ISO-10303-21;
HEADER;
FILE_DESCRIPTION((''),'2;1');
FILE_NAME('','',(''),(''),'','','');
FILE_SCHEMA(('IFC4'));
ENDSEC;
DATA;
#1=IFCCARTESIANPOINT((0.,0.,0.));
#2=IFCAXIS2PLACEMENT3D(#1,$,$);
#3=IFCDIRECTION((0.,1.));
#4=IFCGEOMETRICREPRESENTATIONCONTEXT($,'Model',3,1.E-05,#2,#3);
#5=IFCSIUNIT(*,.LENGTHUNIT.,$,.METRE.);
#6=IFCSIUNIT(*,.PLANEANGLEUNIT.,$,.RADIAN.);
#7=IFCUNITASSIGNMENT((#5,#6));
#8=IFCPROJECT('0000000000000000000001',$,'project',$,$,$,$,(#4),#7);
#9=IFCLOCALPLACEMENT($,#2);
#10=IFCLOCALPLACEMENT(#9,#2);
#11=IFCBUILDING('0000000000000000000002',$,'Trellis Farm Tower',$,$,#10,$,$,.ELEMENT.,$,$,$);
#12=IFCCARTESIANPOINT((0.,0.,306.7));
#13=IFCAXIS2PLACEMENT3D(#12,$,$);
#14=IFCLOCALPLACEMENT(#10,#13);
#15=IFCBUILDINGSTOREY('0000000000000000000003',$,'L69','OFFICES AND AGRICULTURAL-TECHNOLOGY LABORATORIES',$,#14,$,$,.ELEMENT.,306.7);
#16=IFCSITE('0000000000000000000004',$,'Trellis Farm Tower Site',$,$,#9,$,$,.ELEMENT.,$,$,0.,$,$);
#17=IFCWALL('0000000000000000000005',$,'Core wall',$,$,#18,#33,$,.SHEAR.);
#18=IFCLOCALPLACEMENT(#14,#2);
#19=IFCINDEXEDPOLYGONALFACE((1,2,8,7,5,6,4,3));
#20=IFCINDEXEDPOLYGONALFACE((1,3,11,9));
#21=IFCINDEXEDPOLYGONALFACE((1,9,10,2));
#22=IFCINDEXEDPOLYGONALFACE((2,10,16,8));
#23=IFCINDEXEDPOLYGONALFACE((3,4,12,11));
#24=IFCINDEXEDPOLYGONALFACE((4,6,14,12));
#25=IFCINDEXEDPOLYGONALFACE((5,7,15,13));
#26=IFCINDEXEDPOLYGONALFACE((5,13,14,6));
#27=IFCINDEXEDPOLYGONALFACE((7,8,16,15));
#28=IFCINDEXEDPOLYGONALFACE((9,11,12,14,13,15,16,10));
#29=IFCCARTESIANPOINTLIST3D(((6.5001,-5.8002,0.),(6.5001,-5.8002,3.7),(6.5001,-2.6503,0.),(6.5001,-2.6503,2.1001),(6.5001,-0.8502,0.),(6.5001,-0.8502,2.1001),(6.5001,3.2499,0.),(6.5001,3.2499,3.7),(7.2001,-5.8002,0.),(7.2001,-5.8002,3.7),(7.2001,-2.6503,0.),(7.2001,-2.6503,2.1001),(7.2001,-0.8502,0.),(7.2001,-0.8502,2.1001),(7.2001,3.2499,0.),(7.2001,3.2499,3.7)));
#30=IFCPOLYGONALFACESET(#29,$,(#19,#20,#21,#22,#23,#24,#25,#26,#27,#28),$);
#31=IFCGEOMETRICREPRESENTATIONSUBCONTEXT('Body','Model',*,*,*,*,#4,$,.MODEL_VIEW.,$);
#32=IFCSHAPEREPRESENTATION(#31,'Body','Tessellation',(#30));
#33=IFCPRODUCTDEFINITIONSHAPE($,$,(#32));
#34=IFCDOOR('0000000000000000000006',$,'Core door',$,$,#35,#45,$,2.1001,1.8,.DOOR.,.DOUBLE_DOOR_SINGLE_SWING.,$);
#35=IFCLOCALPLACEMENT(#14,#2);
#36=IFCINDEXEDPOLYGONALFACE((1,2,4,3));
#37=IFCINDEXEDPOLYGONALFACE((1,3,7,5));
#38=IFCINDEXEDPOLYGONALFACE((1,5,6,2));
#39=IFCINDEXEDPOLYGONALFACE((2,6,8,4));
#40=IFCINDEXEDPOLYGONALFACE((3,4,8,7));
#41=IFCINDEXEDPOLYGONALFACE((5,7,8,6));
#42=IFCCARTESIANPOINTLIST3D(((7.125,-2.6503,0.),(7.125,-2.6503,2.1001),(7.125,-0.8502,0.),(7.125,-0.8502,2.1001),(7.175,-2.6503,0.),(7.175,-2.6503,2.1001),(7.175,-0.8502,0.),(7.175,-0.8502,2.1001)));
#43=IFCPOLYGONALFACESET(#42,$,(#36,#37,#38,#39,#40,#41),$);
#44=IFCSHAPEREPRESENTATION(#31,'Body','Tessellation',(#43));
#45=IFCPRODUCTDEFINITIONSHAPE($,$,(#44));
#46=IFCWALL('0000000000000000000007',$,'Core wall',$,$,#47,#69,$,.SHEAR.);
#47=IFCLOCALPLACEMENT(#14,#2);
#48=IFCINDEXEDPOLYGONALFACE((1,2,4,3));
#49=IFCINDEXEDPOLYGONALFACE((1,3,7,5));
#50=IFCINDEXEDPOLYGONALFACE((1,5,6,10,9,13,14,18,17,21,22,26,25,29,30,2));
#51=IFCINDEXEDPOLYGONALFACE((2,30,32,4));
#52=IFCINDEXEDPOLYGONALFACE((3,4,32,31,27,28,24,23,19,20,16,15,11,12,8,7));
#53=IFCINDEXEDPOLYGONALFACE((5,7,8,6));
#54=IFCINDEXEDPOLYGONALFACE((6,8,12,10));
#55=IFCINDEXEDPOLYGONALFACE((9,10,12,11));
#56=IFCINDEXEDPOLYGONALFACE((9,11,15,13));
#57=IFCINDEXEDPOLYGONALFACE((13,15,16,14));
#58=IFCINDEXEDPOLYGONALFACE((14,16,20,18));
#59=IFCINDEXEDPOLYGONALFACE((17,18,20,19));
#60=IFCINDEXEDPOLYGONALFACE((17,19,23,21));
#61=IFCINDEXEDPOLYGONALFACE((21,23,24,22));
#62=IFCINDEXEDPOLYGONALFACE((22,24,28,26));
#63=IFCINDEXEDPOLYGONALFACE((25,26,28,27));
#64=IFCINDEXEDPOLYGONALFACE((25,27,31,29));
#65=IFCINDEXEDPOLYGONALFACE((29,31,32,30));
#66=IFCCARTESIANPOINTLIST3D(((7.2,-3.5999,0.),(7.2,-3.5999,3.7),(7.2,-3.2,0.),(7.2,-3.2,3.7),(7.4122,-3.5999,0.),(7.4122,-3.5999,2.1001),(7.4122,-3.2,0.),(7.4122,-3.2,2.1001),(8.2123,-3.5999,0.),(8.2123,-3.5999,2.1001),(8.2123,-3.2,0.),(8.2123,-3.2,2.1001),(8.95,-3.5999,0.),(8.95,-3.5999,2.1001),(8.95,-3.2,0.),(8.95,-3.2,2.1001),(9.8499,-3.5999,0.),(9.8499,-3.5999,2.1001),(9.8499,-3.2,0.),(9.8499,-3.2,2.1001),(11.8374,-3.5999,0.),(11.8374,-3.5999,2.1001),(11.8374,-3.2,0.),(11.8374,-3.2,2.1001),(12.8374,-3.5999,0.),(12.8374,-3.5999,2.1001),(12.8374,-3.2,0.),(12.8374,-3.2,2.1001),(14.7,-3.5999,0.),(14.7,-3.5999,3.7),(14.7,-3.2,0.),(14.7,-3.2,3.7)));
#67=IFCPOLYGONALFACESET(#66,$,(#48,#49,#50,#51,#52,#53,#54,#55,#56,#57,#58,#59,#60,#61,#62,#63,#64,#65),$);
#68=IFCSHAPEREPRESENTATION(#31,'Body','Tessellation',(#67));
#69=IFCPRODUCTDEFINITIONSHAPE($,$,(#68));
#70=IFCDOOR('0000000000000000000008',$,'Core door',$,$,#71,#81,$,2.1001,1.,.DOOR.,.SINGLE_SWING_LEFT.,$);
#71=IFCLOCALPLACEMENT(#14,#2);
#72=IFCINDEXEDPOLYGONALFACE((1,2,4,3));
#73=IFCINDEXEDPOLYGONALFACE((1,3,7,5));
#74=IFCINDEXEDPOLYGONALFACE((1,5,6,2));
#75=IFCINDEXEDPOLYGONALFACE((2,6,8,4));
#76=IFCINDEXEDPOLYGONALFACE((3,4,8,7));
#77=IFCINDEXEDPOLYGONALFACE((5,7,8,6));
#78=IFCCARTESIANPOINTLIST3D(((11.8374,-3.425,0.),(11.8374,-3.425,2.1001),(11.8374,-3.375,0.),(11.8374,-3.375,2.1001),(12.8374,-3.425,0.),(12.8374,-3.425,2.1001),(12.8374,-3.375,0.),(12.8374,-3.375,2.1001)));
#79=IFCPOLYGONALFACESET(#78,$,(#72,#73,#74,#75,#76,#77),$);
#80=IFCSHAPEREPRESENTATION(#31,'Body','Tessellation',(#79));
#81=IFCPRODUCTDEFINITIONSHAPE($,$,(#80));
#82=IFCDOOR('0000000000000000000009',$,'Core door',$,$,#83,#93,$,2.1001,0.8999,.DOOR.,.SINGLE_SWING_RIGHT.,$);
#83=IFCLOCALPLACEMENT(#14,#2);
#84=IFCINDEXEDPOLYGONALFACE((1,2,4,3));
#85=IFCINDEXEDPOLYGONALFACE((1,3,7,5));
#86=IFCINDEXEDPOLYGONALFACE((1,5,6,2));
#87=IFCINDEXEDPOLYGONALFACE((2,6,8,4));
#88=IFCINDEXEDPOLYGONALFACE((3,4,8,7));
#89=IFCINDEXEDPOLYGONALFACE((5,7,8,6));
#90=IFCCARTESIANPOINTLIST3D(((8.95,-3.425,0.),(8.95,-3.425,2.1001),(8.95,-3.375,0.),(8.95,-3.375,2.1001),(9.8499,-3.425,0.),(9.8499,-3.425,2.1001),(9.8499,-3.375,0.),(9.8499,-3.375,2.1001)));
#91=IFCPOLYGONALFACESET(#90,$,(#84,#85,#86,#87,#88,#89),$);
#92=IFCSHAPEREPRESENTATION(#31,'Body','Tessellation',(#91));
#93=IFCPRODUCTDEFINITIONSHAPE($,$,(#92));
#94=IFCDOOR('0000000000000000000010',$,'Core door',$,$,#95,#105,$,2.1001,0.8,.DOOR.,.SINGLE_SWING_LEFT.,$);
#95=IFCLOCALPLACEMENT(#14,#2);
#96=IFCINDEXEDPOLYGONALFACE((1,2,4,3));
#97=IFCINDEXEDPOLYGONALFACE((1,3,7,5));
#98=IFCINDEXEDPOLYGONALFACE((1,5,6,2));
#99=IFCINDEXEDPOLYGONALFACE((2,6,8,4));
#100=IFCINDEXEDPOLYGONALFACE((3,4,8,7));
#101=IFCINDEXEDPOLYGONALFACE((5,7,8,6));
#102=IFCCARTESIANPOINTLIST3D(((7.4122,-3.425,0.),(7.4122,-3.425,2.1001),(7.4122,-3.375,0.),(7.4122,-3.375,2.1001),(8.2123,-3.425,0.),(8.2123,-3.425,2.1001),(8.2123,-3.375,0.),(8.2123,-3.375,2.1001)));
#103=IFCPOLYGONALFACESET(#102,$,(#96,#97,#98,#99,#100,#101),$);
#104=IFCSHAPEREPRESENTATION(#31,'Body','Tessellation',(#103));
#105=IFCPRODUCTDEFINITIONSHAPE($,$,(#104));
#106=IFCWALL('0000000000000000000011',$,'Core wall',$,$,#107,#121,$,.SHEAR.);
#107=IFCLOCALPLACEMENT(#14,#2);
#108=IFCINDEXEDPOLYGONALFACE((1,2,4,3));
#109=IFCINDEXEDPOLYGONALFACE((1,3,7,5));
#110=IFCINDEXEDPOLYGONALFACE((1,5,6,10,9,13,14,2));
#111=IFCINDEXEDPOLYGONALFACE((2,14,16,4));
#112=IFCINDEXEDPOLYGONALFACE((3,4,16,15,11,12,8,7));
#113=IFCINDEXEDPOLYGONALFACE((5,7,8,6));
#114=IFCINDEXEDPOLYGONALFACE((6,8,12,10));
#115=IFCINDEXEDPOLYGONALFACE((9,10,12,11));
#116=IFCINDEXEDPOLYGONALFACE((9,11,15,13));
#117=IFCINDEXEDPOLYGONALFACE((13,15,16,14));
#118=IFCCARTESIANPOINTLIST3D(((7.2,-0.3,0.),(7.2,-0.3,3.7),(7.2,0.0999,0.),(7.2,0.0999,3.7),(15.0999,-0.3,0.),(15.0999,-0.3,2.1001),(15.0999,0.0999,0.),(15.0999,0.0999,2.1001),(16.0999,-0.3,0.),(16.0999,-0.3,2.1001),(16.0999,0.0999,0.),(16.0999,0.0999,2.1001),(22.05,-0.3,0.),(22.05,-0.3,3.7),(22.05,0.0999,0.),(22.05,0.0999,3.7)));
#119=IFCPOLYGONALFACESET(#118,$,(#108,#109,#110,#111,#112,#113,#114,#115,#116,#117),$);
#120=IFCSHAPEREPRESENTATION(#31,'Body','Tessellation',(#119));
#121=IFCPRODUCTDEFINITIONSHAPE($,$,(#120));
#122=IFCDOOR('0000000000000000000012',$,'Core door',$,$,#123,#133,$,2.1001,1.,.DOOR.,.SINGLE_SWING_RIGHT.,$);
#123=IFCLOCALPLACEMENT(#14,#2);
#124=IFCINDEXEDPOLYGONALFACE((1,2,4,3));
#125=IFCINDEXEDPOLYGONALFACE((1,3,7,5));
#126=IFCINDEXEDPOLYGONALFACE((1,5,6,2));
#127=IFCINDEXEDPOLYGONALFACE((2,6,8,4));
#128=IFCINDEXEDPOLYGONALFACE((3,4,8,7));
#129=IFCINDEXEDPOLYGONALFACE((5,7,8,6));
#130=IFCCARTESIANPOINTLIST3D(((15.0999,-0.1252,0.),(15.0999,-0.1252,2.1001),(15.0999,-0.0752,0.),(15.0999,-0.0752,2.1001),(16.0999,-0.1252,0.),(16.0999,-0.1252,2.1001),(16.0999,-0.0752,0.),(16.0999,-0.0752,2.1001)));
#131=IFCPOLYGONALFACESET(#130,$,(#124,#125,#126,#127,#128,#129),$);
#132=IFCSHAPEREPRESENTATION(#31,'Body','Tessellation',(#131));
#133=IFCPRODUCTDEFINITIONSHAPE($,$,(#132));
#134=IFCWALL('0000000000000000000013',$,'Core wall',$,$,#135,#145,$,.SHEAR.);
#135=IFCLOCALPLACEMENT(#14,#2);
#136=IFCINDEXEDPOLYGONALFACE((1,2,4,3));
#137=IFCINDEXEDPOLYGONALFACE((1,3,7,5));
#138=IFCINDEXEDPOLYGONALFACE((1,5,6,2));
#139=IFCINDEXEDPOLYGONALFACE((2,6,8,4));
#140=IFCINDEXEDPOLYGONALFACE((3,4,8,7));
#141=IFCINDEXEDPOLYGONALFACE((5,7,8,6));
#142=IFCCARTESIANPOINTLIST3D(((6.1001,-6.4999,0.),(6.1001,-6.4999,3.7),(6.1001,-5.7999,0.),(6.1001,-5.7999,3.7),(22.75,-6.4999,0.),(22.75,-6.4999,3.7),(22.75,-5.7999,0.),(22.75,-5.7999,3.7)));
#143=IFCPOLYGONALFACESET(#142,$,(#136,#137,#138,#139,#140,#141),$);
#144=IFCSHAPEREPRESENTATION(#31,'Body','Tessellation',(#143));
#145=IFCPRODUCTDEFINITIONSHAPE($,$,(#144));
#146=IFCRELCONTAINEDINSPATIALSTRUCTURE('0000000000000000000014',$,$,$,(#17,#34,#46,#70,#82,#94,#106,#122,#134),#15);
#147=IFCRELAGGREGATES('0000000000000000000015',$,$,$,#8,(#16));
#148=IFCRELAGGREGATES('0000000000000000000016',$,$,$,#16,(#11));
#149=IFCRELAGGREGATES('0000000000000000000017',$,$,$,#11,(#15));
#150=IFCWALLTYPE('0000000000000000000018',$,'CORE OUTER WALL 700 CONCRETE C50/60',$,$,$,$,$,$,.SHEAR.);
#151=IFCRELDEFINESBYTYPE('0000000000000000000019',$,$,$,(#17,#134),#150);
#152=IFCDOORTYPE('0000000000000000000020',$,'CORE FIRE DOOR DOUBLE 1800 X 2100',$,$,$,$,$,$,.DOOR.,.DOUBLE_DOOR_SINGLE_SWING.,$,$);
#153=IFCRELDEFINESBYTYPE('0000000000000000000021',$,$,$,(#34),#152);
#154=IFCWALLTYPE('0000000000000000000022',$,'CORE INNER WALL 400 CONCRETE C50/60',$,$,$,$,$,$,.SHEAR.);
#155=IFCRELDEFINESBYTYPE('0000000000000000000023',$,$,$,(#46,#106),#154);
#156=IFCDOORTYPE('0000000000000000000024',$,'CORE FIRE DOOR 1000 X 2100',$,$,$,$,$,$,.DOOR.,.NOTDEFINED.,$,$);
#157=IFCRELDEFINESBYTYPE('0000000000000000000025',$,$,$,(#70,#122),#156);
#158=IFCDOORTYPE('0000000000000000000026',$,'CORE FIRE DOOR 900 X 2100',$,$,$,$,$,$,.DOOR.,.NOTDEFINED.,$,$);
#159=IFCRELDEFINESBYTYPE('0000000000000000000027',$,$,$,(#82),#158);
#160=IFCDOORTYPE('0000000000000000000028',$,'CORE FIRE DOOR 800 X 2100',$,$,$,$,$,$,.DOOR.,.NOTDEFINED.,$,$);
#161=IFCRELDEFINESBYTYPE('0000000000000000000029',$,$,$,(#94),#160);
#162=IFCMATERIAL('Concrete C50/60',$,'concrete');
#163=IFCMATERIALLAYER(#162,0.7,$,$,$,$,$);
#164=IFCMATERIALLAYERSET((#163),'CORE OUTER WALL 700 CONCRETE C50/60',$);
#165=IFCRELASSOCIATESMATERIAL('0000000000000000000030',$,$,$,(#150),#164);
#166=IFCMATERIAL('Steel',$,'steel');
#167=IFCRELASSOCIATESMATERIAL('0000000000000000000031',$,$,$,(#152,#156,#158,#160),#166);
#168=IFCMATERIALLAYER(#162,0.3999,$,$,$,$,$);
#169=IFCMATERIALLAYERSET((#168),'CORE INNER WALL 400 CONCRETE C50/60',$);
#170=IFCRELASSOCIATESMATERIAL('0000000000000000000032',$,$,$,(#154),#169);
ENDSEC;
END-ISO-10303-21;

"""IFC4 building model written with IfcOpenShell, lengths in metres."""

from ifc_helpers import new_model, si_unit, direction, frame, frame_2d, origin, place, context, subcontext, project, spatial, rectangle, extrude, source, transform, mapped, material, layer, layer_set, type_object, element, fill, save


model = new_model("IFC4")

# Units and contexts
model_context = context("Model", 3, precision=1e-05, world=origin(), true_north=direction((0.0, 1.0)))
body_context = subcontext(model_context, "Body", "Model", "MODEL_VIEW")
ifc_project = project(units=[si_unit("LENGTHUNIT", "METRE"), si_unit("PLANEANGLEUNIT", "RADIAN")], contexts=[model_context])

# Site, building, storey
site_placement = place(None, origin())
site = spatial("IfcSite", under=ifc_project, at=site_placement, Name="Trellis Farm Tower Site", CompositionType="ELEMENT", RefElevation=0.0)
building_placement = place(site_placement, origin())
building = spatial("IfcBuilding", under=site, at=building_placement, Name="Trellis Farm Tower", CompositionType="ELEMENT")
storey_placement = place(building_placement, frame((0.0, 0.0, 306.7)))
storey = spatial("IfcBuildingStorey", under=building, at=storey_placement, Name="L69", Description="OFFICES AND AGRICULTURAL-TECHNOLOGY LABORATORIES", CompositionType="ELEMENT", Elevation=306.7)

# Wall, opening, door
ifc_material_1 = material(Name="Concrete C50/60", Category="concrete")
ifc_layer_1 = layer(ifc_material_1, 0.7)
ifc_layer_set_1 = layer_set([ifc_layer_1], Name="CORE OUTER WALL 700 CONCRETE C50/60")
wall_type_1 = type_object("IfcWallType", Name="CORE OUTER WALL 700 CONCRETE C50/60", PredefinedType="SHEAR", material=ifc_layer_set_1)
shared_shape_1 = source(origin(), body_context, "Body", "SweptSolid", [
    extrude(rectangle(XDim=9.05, YDim=0.7, at=frame_2d((4.5249, 0.0))), origin(), (0.0, 0.0, 1.0), 3.7),
])
wall_1_placement = place(storey_placement, frame((6.8501, -5.8, 0.0), z_axis=(0.0, 0.0, 1.0), x_axis=(0.0, 1.0, 0.0)))
wall_1 = element("IfcWall", 1, at=wall_1_placement, inside=storey, type_object=wall_type_1, Name="Core wall", PredefinedType="SHEAR", context=body_context, shape_type="MappedRepresentation", body=[
    mapped(shared_shape_1, transform((0.0, 0.0, 0.0))),
])
shared_shape_2 = source(origin(), body_context, "Body", "SweptSolid", [
    extrude(rectangle(XDim=1.8, YDim=2.1001, at=frame_2d((0.8999, 1.05))), frame((0.0, 0.3601, 0.0), z_axis=(0.0, -1.0, 0.0), x_axis=(1.0, 0.0, 0.0)), (0.0, 0.0, 1.0), 0.7202),
])
opening_1_placement = place(wall_1_placement, frame((3.1499, 0.0, 0.0)))
opening_1 = element("IfcOpeningElement", 2, at=opening_1_placement, cuts=wall_1, PredefinedType="OPENING", context=body_context, shape_type="MappedRepresentation", body=[
    mapped(shared_shape_2, transform((0.0, 0.0, 0.0))),
])
ifc_material_2 = material(Name="Steel", Category="steel")
door_type_1 = type_object("IfcDoorType", Name="CORE FIRE DOOR DOUBLE 1800 X 2100", OperationType="DOUBLE_DOOR_SINGLE_SWING", PredefinedType="DOOR", material=ifc_material_2)
shared_shape_3 = source(origin(), body_context, "Body", "SweptSolid", [
    extrude(rectangle(XDim=1.8, YDim=2.1001, at=frame_2d((0.8999, 1.05))), frame((0.0, -0.2749, 0.0), z_axis=(0.0, -1.0, 0.0), x_axis=(1.0, 0.0, 0.0)), (0.0, 0.0, 1.0), 0.05),
])
door_1_placement = place(opening_1_placement, origin())
door_1 = element("IfcDoor", 3, at=door_1_placement, inside=storey, type_object=door_type_1, Name="Core door", OperationType="DOUBLE_DOOR_SINGLE_SWING", OverallHeight=2.1001, OverallWidth=1.8, PredefinedType="DOOR", context=body_context, shape_type="MappedRepresentation", body=[
    mapped(shared_shape_3, transform((0.0, 0.0, 0.0))),
])
fill(opening_1, door_1)

# Wall, openings, doors
ifc_layer_2 = layer(ifc_material_1, 0.3999)
ifc_layer_set_2 = layer_set([ifc_layer_2], Name="CORE INNER WALL 400 CONCRETE C50/60")
wall_type_2 = type_object("IfcWallType", Name="CORE INNER WALL 400 CONCRETE C50/60", PredefinedType="SHEAR", material=ifc_layer_set_2)
shared_shape_4 = source(origin(), body_context, "Body", "SweptSolid", [
    extrude(rectangle(XDim=7.5, YDim=0.3999, at=frame_2d((3.75, 0.0))), origin(), (0.0, 0.0, 1.0), 3.7),
])
wall_2_placement = place(storey_placement, frame((7.2, -3.3999, 0.0), z_axis=(0.0, 0.0, 1.0), x_axis=(1.0, 0.0, 0.0)))
wall_2 = element("IfcWall", 4, at=wall_2_placement, inside=storey, type_object=wall_type_2, Name="Core wall", PredefinedType="SHEAR", context=body_context, shape_type="MappedRepresentation", body=[
    mapped(shared_shape_4, transform((0.0, 0.0, 0.0))),
])
shared_shape_5 = source(origin(), body_context, "Body", "SweptSolid", [
    extrude(rectangle(XDim=0.8, YDim=2.1001, at=frame_2d((0.3999, 1.05))), frame((0.0, 0.21, 0.0), z_axis=(0.0, -1.0, 0.0), x_axis=(1.0, 0.0, 0.0)), (0.0, 0.0, 1.0), 0.4199),
])
opening_2_placement = place(wall_2_placement, frame((0.2124, 0.0, 0.0)))
opening_2 = element("IfcOpeningElement", 5, at=opening_2_placement, cuts=wall_2, PredefinedType="OPENING", context=body_context, shape_type="MappedRepresentation", body=[
    mapped(shared_shape_5, transform((0.0, 0.0, 0.0))),
])
shared_shape_6 = source(origin(), body_context, "Body", "SweptSolid", [
    extrude(rectangle(XDim=0.8999, YDim=2.1001, at=frame_2d((0.45, 1.05))), frame((0.0, 0.21, 0.0), z_axis=(0.0, -1.0, 0.0), x_axis=(1.0, 0.0, 0.0)), (0.0, 0.0, 1.0), 0.4199),
])
opening_3_placement = place(wall_2_placement, frame((1.75, 0.0, 0.0)))
opening_3 = element("IfcOpeningElement", 6, at=opening_3_placement, cuts=wall_2, PredefinedType="OPENING", context=body_context, shape_type="MappedRepresentation", body=[
    mapped(shared_shape_6, transform((0.0, 0.0, 0.0))),
])
shared_shape_7 = source(origin(), body_context, "Body", "SweptSolid", [
    extrude(rectangle(XDim=1.0, YDim=2.1001, at=frame_2d((0.5, 1.05))), frame((0.0, 0.21, 0.0), z_axis=(0.0, -1.0, 0.0), x_axis=(1.0, 0.0, 0.0)), (0.0, 0.0, 1.0), 0.4199),
])
opening_4_placement = place(wall_2_placement, frame((4.6375, 0.0, 0.0)))
opening_4 = element("IfcOpeningElement", 7, at=opening_4_placement, cuts=wall_2, PredefinedType="OPENING", context=body_context, shape_type="MappedRepresentation", body=[
    mapped(shared_shape_7, transform((0.0, 0.0, 0.0))),
])
door_type_2 = type_object("IfcDoorType", Name="CORE FIRE DOOR 1000 X 2100", OperationType="NOTDEFINED", PredefinedType="DOOR", material=ifc_material_2)
shared_shape_8 = source(origin(), body_context, "Body", "SweptSolid", [
    extrude(rectangle(XDim=1.0, YDim=2.1001, at=frame_2d((0.5, 1.05))), frame((0.0, 0.0249, 0.0), z_axis=(0.0, -1.0, 0.0), x_axis=(1.0, 0.0, 0.0)), (0.0, 0.0, 1.0), 0.05),
])
door_2_placement = place(opening_4_placement, origin())
door_2 = element("IfcDoor", 8, at=door_2_placement, inside=storey, type_object=door_type_2, Name="Core door", OperationType="SINGLE_SWING_LEFT", OverallHeight=2.1001, OverallWidth=1.0, PredefinedType="DOOR", context=body_context, shape_type="MappedRepresentation", body=[
    mapped(shared_shape_8, transform((0.0, 0.0, 0.0))),
])
fill(opening_4, door_2)
door_type_3 = type_object("IfcDoorType", Name="CORE FIRE DOOR 900 X 2100", OperationType="NOTDEFINED", PredefinedType="DOOR", material=ifc_material_2)
shared_shape_9 = source(origin(), body_context, "Body", "SweptSolid", [
    extrude(rectangle(XDim=0.8999, YDim=2.1001, at=frame_2d((0.45, 1.05))), frame((0.0, 0.0249, 0.0), z_axis=(0.0, -1.0, 0.0), x_axis=(1.0, 0.0, 0.0)), (0.0, 0.0, 1.0), 0.05),
])
door_3_placement = place(opening_3_placement, origin())
door_3 = element("IfcDoor", 9, at=door_3_placement, inside=storey, type_object=door_type_3, Name="Core door", OperationType="SINGLE_SWING_RIGHT", OverallHeight=2.1001, OverallWidth=0.8999, PredefinedType="DOOR", context=body_context, shape_type="MappedRepresentation", body=[
    mapped(shared_shape_9, transform((0.0, 0.0, 0.0))),
])
fill(opening_3, door_3)
door_type_4 = type_object("IfcDoorType", Name="CORE FIRE DOOR 800 X 2100", OperationType="NOTDEFINED", PredefinedType="DOOR", material=ifc_material_2)
shared_shape_10 = source(origin(), body_context, "Body", "SweptSolid", [
    extrude(rectangle(XDim=0.8, YDim=2.1001, at=frame_2d((0.3999, 1.05))), frame((0.0, 0.0249, 0.0), z_axis=(0.0, -1.0, 0.0), x_axis=(1.0, 0.0, 0.0)), (0.0, 0.0, 1.0), 0.05),
])
door_4_placement = place(opening_2_placement, origin())
door_4 = element("IfcDoor", 10, at=door_4_placement, inside=storey, type_object=door_type_4, Name="Core door", OperationType="SINGLE_SWING_LEFT", OverallHeight=2.1001, OverallWidth=0.8, PredefinedType="DOOR", context=body_context, shape_type="MappedRepresentation", body=[
    mapped(shared_shape_10, transform((0.0, 0.0, 0.0))),
])
fill(opening_2, door_4)

# Wall, opening, door
shared_shape_11 = source(origin(), body_context, "Body", "SweptSolid", [
    extrude(rectangle(XDim=14.8501, YDim=0.3999, at=frame_2d((7.425, 0.0))), origin(), (0.0, 0.0, 1.0), 3.7),
])
wall_3_placement = place(storey_placement, frame((7.2, -0.1001, 0.0), z_axis=(0.0, 0.0, 1.0), x_axis=(1.0, 0.0, 0.0)))
wall_3 = element("IfcWall", 11, at=wall_3_placement, inside=storey, type_object=wall_type_2, Name="Core wall", PredefinedType="SHEAR", context=body_context, shape_type="MappedRepresentation", body=[
    mapped(shared_shape_11, transform((0.0, 0.0, 0.0))),
])
opening_5_placement = place(wall_3_placement, frame((7.8999, 0.0, 0.0)))
opening_5 = element("IfcOpeningElement", 12, at=opening_5_placement, cuts=wall_3, PredefinedType="OPENING", context=body_context, shape_type="MappedRepresentation", body=[
    mapped(shared_shape_7, transform((0.0, 0.0, 0.0))),
])
door_5_placement = place(opening_5_placement, origin())
door_5 = element("IfcDoor", 13, at=door_5_placement, inside=storey, type_object=door_type_2, Name="Core door", OperationType="SINGLE_SWING_RIGHT", OverallHeight=2.1001, OverallWidth=1.0, PredefinedType="DOOR", context=body_context, shape_type="MappedRepresentation", body=[
    mapped(shared_shape_8, transform((0.0, 0.0, 0.0))),
])
fill(opening_5, door_5)

# Wall
shared_shape_12 = source(origin(), body_context, "Body", "SweptSolid", [
    extrude(rectangle(XDim=16.6499, YDim=0.7, at=frame_2d((8.325, 0.0))), origin(), (0.0, 0.0, 1.0), 3.7),
])
wall_4_placement = place(storey_placement, frame((6.1001, -6.1499, 0.0), z_axis=(0.0, 0.0, 1.0), x_axis=(1.0, 0.0, 0.0)))
element("IfcWall", 14, at=wall_4_placement, inside=storey, type_object=wall_type_1, Name="Core wall", PredefinedType="SHEAR", context=body_context, shape_type="MappedRepresentation", body=[
    mapped(shared_shape_12, transform((0.0, 0.0, 0.0))),
])

save(model, "model.ifc")
